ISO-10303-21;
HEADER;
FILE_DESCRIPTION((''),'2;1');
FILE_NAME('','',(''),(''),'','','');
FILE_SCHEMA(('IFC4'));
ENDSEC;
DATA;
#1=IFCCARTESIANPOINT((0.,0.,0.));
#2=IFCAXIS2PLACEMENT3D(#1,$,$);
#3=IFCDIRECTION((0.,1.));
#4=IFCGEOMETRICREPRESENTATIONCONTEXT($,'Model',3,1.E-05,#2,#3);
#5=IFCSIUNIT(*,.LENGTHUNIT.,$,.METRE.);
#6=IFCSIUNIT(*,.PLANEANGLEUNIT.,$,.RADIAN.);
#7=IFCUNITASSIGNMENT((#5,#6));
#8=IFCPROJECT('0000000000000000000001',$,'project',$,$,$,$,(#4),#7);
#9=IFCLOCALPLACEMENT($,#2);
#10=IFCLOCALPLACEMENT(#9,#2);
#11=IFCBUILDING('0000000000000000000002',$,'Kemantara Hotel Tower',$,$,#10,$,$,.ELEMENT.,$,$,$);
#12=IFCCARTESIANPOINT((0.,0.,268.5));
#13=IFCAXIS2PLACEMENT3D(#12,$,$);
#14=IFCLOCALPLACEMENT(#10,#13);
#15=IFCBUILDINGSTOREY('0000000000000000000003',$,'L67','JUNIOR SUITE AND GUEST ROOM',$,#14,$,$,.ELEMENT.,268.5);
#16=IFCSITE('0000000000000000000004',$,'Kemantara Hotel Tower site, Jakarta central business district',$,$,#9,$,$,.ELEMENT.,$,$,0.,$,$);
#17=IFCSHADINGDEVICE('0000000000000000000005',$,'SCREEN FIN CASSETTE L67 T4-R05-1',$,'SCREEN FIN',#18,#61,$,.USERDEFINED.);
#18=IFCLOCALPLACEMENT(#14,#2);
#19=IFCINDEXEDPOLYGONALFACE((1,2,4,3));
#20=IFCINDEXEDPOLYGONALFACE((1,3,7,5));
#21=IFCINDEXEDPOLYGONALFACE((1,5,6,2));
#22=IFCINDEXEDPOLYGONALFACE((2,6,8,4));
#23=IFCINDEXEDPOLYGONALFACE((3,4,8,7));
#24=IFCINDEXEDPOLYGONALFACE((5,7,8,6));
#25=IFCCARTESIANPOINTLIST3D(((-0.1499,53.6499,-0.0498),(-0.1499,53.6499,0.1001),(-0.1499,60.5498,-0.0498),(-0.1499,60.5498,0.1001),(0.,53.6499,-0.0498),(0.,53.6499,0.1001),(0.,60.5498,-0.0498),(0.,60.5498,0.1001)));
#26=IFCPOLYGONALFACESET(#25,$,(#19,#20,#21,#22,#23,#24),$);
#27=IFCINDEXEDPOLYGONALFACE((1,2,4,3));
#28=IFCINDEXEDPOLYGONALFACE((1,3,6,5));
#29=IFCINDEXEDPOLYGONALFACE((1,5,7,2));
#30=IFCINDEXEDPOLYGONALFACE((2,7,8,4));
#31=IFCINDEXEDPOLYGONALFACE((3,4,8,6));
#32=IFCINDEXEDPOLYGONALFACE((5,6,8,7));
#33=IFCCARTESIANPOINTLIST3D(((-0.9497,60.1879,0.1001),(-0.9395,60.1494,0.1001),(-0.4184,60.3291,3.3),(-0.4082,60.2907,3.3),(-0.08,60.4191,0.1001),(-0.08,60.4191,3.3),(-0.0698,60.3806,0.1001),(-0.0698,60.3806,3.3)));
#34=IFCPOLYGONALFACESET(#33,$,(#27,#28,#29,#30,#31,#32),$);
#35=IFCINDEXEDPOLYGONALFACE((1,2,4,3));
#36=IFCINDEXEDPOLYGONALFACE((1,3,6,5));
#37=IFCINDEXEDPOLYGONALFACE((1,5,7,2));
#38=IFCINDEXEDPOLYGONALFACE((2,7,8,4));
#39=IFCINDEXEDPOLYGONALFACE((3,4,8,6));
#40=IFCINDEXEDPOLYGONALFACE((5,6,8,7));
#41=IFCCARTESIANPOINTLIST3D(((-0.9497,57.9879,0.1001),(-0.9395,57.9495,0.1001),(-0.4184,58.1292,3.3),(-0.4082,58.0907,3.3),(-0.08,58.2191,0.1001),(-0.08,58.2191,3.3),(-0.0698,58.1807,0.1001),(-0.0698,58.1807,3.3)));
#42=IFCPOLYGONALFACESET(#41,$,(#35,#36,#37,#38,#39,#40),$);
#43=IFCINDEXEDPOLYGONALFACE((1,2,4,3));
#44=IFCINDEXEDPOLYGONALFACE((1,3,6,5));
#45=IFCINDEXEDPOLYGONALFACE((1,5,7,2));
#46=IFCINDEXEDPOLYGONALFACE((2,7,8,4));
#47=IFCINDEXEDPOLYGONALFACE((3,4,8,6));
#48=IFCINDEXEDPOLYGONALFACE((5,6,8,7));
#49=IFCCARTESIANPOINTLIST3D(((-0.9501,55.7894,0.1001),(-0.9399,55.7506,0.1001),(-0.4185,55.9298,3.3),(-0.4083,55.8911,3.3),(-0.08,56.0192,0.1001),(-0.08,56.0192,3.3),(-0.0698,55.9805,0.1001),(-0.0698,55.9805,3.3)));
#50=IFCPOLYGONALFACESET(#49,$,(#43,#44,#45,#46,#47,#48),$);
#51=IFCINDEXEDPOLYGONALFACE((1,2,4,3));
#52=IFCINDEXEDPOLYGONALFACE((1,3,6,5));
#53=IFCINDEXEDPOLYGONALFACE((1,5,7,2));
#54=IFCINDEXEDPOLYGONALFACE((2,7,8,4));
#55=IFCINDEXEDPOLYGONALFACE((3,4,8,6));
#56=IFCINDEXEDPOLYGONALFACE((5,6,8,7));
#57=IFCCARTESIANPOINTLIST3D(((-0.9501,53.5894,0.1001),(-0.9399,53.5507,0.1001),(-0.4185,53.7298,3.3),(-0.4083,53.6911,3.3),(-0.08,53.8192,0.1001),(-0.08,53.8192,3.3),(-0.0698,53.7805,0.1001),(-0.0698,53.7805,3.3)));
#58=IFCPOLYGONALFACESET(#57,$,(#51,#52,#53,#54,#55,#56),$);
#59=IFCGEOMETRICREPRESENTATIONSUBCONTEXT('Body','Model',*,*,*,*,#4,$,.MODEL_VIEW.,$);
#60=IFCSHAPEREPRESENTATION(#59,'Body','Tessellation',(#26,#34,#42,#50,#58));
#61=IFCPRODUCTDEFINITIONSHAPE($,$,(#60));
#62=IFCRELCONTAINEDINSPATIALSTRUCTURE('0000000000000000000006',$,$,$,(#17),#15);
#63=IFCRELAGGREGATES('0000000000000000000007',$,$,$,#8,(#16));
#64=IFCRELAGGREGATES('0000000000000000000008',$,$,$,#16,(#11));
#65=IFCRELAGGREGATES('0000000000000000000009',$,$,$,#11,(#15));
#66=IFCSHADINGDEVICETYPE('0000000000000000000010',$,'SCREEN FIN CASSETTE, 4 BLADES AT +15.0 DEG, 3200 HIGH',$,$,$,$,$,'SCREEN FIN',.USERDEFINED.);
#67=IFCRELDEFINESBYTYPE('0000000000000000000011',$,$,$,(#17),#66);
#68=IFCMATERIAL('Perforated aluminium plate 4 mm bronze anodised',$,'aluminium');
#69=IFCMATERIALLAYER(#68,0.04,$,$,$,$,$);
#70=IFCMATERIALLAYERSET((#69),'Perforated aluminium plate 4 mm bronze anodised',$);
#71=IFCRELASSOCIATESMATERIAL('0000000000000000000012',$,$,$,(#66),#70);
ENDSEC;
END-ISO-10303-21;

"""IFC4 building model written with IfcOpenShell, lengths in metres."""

from ifc_helpers import new_model, si_unit, direction, frame, origin, origin_2d, place, context, subcontext, project, spatial, polyline, rectangle, outline, extrude, source, transform, mapped, material, layer, layer_set, type_object, element, save


model = new_model("IFC4")

# Units and contexts
model_context = context("Model", 3, precision=1e-05, world=origin(), true_north=direction((0.0, 1.0)))
body_context = subcontext(model_context, "Body", "Model", "MODEL_VIEW")
ifc_project = project(units=[si_unit("LENGTHUNIT", "METRE"), si_unit("PLANEANGLEUNIT", "RADIAN")], contexts=[model_context])

# Site, building, storey
site_placement = place(None, origin())
site = spatial("IfcSite", under=ifc_project, at=site_placement, Name="Kemantara Hotel Tower site, Jakarta central business district", CompositionType="ELEMENT", RefElevation=0.0)
building_placement = place(site_placement, origin())
building = spatial("IfcBuilding", under=site, at=building_placement, Name="Kemantara Hotel Tower", CompositionType="ELEMENT")
storey_placement = place(building_placement, frame((0.0, 0.0, 268.5)))
storey = spatial("IfcBuildingStorey", under=building, at=storey_placement, Name="L67", Description="JUNIOR SUITE AND GUEST ROOM", CompositionType="ELEMENT", Elevation=268.5)

# Shading device
ifc_material_1 = material(Name="Perforated aluminium plate 4 mm bronze anodised", Category="aluminium")
ifc_layer_1 = layer(ifc_material_1, 0.04)
ifc_layer_set_1 = layer_set([ifc_layer_1], Name="Perforated aluminium plate 4 mm bronze anodised")
shading_device_type_1 = type_object("IfcShadingDeviceType", Name="SCREEN FIN CASSETTE, 4 BLADES AT +15.0 DEG, 3200 HIGH", ElementType="SCREEN FIN", PredefinedType="USERDEFINED", material=ifc_layer_set_1)
shared_shape_1 = source(origin(), body_context, "Body", "SweptSolid", [
    extrude(rectangle(XDim=6.8999, YDim=0.1499, at=origin_2d()), frame((3.3, -0.075, -0.1499), z_axis=(0.0, 0.0, 1.0), x_axis=(1.0, 0.0, 0.0)), (0.0, 0.0, 1.0), 0.1499),
    extrude(outline(polyline([(0.0, 0.0), (0.8999, 0.0), (0.3501, 3.2), (0.0, 3.2), (0.0, 0.0)])), frame((0.0193, -0.0698, 0.0), z_axis=(-0.966438, -0.256901, 0.0), x_axis=(0.256901, -0.966438, 0.0)), (0.0, 0.0, 1.0), 0.0398),
    extrude(outline(polyline([(0.0, 0.0), (0.8999, 0.0), (0.3501, 3.2), (0.0, 3.2), (0.0, 0.0)])), frame((2.2192, -0.0698, 0.0), z_axis=(-0.966438, -0.256901, 0.0), x_axis=(0.256901, -0.966438, 0.0)), (0.0, 0.0, 1.0), 0.0398),
    extrude(outline(polyline([(0.0, 0.0), (0.8999, 0.0), (0.3501, 3.2), (0.0, 3.2), (0.0, 0.0)])), frame((4.4194, -0.0698, 0.0), z_axis=(-0.966838, -0.255391, 0.0), x_axis=(0.255391, -0.966838, 0.0)), (0.0, 0.0, 1.0), 0.04),
    extrude(outline(polyline([(0.0, 0.0), (0.8999, 0.0), (0.3501, 3.2), (0.0, 3.2), (0.0, 0.0)])), frame((6.6194, -0.0698, 0.0), z_axis=(-0.966838, -0.255391, 0.0), x_axis=(0.255391, -0.966838, 0.0)), (0.0, 0.0, 1.0), 0.04),
])
shading_device_1_placement = place(storey_placement, frame((0.0, 60.3999, 0.1001), z_axis=(0.0, 0.0, 1.0), x_axis=(0.0, -1.0, 0.0)))
element("IfcShadingDevice", 1, at=shading_device_1_placement, inside=storey, type_object=shading_device_type_1, Name="SCREEN FIN CASSETTE L67 T4-R05-1", ObjectType="SCREEN FIN", PredefinedType="USERDEFINED", context=body_context, shape_type="MappedRepresentation", body=[
    mapped(shared_shape_1, transform((0.0, 0.0, 0.0))),
])

save(model, "model.ifc")
